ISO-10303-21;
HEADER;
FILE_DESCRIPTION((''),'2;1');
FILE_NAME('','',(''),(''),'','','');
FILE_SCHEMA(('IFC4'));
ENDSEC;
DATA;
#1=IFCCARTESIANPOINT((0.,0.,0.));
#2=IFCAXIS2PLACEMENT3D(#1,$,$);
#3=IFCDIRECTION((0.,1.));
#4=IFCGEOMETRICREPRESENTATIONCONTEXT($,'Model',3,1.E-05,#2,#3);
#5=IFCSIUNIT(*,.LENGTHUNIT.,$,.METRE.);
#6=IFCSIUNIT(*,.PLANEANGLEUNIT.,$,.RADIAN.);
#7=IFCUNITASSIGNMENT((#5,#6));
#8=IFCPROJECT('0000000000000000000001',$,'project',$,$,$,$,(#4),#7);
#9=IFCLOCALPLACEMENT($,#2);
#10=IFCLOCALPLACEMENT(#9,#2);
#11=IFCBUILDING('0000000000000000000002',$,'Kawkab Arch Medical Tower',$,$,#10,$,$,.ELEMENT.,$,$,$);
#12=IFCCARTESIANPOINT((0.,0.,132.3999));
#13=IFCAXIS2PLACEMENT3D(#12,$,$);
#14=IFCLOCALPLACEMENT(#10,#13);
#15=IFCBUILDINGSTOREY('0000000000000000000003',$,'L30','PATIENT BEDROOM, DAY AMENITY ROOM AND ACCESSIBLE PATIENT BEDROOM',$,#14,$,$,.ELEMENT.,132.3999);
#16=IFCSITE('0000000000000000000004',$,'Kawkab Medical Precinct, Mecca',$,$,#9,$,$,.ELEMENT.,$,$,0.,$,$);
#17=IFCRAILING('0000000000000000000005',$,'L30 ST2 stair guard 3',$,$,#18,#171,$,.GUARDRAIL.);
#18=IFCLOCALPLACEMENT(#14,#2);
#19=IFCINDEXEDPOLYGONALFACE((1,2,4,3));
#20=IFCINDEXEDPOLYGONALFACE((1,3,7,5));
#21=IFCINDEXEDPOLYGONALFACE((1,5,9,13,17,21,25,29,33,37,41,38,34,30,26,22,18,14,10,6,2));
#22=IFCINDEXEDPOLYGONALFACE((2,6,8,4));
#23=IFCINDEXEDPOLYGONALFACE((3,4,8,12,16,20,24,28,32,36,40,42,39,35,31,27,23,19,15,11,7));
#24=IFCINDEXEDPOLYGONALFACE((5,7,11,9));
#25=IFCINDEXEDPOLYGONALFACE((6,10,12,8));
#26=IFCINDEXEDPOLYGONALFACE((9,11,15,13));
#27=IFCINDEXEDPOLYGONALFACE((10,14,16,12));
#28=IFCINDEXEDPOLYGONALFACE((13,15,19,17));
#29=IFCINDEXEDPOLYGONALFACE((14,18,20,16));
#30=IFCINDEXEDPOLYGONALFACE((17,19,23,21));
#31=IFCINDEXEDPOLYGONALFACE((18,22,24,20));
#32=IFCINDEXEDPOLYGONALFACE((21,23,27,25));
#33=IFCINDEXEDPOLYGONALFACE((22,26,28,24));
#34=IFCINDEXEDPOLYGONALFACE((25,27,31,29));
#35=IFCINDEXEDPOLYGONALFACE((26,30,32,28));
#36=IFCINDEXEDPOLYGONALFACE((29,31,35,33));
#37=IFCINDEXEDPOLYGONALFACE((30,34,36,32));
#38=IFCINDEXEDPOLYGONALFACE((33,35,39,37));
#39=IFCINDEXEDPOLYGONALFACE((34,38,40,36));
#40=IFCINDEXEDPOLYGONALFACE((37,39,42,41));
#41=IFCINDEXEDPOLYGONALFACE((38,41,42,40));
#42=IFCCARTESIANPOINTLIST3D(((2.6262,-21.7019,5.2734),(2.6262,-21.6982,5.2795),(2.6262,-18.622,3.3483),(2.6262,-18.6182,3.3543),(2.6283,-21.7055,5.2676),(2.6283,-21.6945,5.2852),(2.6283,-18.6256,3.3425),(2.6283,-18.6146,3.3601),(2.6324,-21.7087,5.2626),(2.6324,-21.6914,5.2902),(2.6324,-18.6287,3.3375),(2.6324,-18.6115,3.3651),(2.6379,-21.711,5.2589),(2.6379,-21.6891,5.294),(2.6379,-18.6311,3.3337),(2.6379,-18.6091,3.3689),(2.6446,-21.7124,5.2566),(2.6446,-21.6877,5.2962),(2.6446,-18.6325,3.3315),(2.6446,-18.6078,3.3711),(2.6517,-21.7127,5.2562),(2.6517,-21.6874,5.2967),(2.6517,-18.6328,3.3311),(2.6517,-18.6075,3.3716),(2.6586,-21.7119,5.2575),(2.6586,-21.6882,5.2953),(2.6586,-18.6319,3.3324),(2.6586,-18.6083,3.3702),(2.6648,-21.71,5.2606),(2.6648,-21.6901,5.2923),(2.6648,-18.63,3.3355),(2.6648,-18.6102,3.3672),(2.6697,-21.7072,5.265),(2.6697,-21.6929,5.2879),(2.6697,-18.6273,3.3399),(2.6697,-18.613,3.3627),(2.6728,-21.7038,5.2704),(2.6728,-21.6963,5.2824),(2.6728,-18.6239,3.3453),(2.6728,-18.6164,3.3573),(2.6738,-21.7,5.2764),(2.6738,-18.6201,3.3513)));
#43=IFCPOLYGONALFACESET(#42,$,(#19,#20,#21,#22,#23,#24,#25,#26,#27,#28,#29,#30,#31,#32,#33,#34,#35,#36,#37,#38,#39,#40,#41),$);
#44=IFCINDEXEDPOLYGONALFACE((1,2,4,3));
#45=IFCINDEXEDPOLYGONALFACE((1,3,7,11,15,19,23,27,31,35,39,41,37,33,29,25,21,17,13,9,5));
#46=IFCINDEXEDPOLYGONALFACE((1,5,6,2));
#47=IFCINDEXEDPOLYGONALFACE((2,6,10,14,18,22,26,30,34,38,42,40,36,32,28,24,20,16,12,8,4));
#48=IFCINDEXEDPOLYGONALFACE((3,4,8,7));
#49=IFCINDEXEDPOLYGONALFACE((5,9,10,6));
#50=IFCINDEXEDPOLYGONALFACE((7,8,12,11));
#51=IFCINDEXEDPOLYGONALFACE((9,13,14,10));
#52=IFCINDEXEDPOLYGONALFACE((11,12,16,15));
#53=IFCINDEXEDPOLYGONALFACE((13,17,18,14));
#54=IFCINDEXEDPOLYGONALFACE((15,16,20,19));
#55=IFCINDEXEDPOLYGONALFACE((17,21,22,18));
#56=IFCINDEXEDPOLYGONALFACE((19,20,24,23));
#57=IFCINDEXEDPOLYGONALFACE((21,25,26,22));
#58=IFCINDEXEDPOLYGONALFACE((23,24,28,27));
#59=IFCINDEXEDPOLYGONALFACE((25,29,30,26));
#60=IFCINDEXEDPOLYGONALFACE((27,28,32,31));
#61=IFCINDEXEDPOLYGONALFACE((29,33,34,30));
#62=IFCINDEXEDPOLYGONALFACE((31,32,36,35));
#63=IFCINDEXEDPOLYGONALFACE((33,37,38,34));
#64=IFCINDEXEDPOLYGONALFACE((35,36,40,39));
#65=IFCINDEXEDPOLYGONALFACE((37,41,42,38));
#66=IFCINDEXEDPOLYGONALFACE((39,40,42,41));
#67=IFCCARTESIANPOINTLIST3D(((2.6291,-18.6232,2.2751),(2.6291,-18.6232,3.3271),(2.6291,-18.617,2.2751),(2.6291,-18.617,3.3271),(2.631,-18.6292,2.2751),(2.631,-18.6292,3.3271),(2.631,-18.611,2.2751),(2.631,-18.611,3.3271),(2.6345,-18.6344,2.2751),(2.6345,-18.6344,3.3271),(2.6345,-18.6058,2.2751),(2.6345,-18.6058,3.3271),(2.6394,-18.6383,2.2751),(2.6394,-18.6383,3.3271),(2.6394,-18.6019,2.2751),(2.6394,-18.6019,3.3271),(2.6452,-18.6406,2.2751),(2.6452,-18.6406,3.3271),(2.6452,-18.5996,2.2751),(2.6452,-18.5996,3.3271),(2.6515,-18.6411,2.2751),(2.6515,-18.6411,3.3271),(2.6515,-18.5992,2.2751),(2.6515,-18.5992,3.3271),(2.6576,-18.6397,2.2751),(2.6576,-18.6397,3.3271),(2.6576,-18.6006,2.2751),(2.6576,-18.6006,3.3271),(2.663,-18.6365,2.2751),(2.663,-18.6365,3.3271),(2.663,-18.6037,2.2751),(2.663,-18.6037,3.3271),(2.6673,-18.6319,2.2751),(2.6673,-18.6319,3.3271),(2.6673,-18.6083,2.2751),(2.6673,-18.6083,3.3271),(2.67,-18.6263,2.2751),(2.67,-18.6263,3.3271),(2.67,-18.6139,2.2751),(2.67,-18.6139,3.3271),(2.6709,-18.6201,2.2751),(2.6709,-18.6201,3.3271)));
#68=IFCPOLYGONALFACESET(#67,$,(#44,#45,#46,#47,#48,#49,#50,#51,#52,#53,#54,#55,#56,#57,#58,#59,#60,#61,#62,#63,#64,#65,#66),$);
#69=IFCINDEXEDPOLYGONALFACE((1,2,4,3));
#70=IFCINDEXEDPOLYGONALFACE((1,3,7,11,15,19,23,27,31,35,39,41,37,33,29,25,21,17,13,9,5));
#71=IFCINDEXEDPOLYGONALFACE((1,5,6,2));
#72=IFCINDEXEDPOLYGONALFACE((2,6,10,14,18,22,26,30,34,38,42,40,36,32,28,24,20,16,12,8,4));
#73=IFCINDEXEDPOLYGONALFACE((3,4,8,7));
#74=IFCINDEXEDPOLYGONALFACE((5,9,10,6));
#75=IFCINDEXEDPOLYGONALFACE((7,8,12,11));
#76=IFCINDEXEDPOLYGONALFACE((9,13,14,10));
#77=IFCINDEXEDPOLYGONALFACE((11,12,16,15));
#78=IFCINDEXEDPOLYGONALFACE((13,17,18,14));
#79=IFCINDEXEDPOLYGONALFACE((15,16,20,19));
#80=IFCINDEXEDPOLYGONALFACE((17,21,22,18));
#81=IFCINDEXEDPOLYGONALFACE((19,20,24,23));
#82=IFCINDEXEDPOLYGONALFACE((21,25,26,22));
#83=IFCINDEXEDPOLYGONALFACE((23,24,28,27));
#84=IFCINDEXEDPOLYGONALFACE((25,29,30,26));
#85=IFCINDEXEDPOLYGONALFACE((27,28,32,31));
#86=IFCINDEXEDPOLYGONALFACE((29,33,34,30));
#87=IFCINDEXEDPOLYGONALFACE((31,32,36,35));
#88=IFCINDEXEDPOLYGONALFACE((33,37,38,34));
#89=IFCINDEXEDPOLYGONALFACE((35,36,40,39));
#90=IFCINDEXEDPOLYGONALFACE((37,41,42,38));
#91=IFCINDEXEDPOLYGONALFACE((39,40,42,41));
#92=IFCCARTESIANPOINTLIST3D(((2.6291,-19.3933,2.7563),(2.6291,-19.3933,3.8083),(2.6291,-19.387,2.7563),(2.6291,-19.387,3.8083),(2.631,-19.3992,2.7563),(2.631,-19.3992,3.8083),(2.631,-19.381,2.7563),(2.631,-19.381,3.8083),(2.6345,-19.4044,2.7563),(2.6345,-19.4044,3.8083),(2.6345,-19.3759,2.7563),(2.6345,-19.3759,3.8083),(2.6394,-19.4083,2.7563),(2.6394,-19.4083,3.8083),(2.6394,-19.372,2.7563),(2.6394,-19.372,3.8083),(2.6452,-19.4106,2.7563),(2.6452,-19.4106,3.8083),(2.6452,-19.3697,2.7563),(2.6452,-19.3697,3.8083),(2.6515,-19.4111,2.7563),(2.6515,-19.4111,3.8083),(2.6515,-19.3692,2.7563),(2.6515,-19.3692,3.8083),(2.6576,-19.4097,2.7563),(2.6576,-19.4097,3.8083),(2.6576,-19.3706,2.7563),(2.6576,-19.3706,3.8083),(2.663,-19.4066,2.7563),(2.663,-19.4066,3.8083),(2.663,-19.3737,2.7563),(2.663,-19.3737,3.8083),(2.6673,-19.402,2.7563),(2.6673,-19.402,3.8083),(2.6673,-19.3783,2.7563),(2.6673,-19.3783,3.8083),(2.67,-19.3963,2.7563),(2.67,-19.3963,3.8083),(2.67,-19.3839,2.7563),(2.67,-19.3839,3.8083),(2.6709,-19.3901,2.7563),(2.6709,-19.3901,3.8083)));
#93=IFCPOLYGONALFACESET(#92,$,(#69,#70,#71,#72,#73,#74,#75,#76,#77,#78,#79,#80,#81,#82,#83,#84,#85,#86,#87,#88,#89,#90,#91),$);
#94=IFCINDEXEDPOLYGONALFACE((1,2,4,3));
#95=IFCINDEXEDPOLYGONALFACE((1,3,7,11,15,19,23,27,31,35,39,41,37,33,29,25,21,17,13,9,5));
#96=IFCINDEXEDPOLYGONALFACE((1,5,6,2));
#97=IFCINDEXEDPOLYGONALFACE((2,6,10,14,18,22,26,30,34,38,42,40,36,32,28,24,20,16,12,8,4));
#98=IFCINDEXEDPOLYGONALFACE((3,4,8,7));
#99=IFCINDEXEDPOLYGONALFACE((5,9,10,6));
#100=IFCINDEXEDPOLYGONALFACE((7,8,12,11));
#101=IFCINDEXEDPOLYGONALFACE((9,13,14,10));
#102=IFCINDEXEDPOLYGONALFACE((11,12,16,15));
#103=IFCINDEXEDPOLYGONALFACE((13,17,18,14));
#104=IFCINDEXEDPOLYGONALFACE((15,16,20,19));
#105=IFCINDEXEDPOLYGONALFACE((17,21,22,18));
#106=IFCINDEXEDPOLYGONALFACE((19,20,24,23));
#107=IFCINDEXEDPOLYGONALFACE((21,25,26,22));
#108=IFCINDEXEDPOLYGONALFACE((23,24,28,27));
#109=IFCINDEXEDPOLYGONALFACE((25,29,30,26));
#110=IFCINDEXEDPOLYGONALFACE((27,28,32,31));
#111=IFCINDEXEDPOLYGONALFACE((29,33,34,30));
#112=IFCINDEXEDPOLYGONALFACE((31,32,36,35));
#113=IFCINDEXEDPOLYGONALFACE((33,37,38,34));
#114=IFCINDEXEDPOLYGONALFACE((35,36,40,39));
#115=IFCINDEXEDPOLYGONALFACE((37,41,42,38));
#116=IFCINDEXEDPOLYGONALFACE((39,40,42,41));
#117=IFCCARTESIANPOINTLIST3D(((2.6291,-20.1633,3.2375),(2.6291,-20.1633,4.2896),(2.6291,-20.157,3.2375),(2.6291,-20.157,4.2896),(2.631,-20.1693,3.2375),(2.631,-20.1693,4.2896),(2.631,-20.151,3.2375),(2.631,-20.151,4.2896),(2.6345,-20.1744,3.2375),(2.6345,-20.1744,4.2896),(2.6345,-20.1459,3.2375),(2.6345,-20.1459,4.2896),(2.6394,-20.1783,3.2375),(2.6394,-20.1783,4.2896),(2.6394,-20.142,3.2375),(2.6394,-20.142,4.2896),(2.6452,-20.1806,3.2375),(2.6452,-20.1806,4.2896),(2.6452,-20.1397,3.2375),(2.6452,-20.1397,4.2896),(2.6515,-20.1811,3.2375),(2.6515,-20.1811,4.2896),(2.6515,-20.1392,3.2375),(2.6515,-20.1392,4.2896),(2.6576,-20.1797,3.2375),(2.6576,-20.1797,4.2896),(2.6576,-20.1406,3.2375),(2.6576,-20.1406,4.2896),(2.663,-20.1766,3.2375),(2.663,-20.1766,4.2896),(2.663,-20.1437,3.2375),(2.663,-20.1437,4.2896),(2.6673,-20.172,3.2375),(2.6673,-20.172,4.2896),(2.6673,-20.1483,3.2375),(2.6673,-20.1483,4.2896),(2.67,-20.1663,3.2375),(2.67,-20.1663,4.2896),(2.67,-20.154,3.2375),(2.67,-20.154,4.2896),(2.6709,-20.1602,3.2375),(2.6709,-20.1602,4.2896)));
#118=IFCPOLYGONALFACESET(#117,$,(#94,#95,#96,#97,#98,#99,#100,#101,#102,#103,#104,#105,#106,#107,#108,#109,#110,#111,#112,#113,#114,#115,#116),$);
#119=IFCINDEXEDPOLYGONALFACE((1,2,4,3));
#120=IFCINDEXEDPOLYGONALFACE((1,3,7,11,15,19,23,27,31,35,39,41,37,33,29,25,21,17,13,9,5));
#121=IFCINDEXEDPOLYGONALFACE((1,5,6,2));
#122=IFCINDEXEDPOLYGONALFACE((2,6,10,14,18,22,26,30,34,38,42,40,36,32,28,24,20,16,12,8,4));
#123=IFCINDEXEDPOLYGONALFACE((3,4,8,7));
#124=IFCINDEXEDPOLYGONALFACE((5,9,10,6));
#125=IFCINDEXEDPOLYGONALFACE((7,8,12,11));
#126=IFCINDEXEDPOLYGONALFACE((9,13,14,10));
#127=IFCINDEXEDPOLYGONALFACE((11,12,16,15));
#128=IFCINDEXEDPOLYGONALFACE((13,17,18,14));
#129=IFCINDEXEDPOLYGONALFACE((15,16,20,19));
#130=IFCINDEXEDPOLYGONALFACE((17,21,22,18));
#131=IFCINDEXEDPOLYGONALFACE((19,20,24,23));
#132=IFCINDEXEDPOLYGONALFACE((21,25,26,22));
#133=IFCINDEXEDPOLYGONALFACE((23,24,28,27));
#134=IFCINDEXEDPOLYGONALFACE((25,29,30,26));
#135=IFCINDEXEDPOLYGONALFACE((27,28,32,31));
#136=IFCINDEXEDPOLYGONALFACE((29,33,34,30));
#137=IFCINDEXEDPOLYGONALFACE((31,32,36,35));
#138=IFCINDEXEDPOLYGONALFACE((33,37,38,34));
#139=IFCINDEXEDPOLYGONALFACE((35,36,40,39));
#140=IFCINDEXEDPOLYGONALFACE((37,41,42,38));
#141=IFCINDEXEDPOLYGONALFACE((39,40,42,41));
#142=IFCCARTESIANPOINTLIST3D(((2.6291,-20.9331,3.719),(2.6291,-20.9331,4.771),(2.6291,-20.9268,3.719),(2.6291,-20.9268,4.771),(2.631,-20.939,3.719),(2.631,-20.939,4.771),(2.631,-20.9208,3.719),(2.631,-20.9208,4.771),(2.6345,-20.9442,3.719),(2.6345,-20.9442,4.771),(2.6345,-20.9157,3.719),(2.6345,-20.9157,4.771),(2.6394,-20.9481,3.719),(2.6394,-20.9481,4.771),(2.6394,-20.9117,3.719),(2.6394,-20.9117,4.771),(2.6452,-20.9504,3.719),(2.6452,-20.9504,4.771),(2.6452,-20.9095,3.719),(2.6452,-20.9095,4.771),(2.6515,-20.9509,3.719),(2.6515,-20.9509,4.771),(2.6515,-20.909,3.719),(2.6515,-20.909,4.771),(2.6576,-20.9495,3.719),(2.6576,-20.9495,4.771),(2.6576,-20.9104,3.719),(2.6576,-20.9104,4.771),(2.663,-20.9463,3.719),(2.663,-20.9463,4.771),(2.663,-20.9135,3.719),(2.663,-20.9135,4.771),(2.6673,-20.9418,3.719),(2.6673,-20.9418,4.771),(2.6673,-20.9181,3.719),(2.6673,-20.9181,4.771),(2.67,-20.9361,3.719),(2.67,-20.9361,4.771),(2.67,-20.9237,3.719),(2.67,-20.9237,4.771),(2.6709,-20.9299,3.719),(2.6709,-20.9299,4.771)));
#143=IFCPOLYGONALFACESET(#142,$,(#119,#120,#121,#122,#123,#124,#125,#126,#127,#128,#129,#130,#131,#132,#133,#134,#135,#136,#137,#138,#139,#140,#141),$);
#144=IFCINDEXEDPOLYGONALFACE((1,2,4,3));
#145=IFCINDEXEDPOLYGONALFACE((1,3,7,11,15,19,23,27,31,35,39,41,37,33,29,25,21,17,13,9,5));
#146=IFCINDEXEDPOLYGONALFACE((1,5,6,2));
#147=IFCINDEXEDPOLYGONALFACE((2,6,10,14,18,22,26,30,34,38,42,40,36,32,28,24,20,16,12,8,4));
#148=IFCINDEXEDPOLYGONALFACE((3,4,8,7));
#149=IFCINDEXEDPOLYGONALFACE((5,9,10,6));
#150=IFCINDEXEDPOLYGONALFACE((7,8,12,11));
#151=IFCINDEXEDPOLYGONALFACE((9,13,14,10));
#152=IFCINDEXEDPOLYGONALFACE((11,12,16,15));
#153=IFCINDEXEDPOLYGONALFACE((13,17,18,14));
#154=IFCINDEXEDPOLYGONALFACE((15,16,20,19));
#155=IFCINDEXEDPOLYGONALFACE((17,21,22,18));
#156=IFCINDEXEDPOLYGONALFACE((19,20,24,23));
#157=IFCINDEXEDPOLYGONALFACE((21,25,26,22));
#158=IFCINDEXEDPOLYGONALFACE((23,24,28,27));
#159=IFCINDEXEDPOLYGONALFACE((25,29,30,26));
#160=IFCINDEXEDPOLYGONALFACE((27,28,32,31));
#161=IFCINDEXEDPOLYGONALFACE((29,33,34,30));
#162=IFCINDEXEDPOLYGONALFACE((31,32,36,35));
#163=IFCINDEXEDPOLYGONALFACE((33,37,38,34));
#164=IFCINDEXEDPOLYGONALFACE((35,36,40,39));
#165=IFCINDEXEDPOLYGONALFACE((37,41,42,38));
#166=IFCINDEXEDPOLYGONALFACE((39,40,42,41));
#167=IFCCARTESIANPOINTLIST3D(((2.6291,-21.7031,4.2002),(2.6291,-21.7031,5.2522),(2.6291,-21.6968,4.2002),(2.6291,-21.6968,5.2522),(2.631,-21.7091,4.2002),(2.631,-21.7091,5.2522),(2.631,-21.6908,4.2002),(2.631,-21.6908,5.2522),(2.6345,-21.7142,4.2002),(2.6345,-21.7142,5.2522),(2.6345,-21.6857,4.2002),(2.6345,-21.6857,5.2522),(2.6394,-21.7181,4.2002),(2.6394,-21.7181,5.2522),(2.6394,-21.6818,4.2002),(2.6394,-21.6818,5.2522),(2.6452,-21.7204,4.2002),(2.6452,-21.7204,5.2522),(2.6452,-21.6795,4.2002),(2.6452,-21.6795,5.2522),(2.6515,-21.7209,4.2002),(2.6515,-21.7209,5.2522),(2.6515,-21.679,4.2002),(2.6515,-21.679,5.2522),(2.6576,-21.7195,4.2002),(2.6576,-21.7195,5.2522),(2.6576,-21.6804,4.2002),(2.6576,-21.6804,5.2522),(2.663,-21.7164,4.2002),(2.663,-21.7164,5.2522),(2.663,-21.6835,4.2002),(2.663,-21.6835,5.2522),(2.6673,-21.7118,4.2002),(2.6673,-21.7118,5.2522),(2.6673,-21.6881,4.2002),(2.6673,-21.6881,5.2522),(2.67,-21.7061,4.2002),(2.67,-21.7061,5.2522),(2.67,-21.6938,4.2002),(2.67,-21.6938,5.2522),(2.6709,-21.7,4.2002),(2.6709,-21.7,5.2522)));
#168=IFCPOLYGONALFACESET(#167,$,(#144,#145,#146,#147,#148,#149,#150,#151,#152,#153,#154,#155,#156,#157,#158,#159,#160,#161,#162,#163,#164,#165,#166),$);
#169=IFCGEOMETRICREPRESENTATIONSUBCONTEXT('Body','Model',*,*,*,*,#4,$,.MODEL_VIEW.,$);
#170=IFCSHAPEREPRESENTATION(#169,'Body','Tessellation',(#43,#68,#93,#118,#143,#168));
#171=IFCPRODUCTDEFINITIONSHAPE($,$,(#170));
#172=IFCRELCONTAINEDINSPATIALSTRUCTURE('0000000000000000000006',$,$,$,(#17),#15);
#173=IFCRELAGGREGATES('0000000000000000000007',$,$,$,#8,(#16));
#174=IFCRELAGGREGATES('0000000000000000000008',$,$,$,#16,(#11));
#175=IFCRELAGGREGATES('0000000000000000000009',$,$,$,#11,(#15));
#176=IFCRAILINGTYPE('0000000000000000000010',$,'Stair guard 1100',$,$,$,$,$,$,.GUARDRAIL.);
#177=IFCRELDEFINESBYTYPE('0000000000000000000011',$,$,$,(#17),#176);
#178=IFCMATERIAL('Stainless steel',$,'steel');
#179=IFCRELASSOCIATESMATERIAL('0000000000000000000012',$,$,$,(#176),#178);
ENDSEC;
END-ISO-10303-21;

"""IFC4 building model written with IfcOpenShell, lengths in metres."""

from ifc_helpers import new_model, si_unit, direction, frame, origin, origin_2d, place, context, subcontext, project, spatial, circle, extrude, material, type_object, element, save


model = new_model("IFC4")

# Units and contexts
model_context = context("Model", 3, precision=1e-05, world=origin(), true_north=direction((0.0, 1.0)))
body_context = subcontext(model_context, "Body", "Model", "MODEL_VIEW")
ifc_project = project(units=[si_unit("LENGTHUNIT", "METRE"), si_unit("PLANEANGLEUNIT", "RADIAN")], contexts=[model_context])

# Site, building, storey
site_placement = place(None, origin())
site = spatial("IfcSite", under=ifc_project, at=site_placement, Name="Kawkab Medical Precinct, Mecca", CompositionType="ELEMENT", RefElevation=0.0)
building_placement = place(site_placement, origin())
building = spatial("IfcBuilding", under=site, at=building_placement, Name="Kawkab Arch Medical Tower", CompositionType="ELEMENT")
storey_placement = place(building_placement, frame((0.0, 0.0, 132.3999)))
storey = spatial("IfcBuildingStorey", under=building, at=storey_placement, Name="L30", Description="PATIENT BEDROOM, DAY AMENITY ROOM AND ACCESSIBLE PATIENT BEDROOM", CompositionType="ELEMENT", Elevation=132.3999)

# Railing
ifc_material_1 = material(Name="Stainless steel", Category="steel")
railing_type_1 = type_object("IfcRailingType", Name="Stair guard 1100", PredefinedType="GUARDRAIL", material=ifc_material_1)
railing_1_placement = place(storey_placement, frame((2.6499, -18.6201, 2.2751)))
element("IfcRailing", 1, at=railing_1_placement, inside=storey, type_object=railing_type_1, Name="L30 ST2 stair guard 3", PredefinedType="GUARDRAIL", context=body_context, shape_type="SweptSolid", body=[
    extrude(circle(Radius=0.0239, at=origin_2d()), frame((0.0, 0.0, 1.0762), z_axis=(0.0, -0.847979, 0.530029), x_axis=(1.0, 0.0, 0.0)), (0.0, 0.0, 1.0), 3.6321),
    extrude(circle(Radius=0.021, at=origin_2d()), origin(), (0.0, 0.0, 1.0), 1.052),
    extrude(circle(Radius=0.021, at=origin_2d()), frame((0.0, -0.77, 0.4812)), (0.0, 0.0, 1.0), 1.052),
    extrude(circle(Radius=0.021, at=origin_2d()), frame((0.0, -1.54, 0.9624)), (0.0, 0.0, 1.0), 1.052),
    extrude(circle(Radius=0.021, at=origin_2d()), frame((0.0, -2.3098, 1.4438)), (0.0, 0.0, 1.0), 1.052),
    extrude(circle(Radius=0.021, at=origin_2d()), frame((0.0, -3.0798, 1.925)), (0.0, 0.0, 1.0), 1.052),
])

save(model, "model.ifc")
